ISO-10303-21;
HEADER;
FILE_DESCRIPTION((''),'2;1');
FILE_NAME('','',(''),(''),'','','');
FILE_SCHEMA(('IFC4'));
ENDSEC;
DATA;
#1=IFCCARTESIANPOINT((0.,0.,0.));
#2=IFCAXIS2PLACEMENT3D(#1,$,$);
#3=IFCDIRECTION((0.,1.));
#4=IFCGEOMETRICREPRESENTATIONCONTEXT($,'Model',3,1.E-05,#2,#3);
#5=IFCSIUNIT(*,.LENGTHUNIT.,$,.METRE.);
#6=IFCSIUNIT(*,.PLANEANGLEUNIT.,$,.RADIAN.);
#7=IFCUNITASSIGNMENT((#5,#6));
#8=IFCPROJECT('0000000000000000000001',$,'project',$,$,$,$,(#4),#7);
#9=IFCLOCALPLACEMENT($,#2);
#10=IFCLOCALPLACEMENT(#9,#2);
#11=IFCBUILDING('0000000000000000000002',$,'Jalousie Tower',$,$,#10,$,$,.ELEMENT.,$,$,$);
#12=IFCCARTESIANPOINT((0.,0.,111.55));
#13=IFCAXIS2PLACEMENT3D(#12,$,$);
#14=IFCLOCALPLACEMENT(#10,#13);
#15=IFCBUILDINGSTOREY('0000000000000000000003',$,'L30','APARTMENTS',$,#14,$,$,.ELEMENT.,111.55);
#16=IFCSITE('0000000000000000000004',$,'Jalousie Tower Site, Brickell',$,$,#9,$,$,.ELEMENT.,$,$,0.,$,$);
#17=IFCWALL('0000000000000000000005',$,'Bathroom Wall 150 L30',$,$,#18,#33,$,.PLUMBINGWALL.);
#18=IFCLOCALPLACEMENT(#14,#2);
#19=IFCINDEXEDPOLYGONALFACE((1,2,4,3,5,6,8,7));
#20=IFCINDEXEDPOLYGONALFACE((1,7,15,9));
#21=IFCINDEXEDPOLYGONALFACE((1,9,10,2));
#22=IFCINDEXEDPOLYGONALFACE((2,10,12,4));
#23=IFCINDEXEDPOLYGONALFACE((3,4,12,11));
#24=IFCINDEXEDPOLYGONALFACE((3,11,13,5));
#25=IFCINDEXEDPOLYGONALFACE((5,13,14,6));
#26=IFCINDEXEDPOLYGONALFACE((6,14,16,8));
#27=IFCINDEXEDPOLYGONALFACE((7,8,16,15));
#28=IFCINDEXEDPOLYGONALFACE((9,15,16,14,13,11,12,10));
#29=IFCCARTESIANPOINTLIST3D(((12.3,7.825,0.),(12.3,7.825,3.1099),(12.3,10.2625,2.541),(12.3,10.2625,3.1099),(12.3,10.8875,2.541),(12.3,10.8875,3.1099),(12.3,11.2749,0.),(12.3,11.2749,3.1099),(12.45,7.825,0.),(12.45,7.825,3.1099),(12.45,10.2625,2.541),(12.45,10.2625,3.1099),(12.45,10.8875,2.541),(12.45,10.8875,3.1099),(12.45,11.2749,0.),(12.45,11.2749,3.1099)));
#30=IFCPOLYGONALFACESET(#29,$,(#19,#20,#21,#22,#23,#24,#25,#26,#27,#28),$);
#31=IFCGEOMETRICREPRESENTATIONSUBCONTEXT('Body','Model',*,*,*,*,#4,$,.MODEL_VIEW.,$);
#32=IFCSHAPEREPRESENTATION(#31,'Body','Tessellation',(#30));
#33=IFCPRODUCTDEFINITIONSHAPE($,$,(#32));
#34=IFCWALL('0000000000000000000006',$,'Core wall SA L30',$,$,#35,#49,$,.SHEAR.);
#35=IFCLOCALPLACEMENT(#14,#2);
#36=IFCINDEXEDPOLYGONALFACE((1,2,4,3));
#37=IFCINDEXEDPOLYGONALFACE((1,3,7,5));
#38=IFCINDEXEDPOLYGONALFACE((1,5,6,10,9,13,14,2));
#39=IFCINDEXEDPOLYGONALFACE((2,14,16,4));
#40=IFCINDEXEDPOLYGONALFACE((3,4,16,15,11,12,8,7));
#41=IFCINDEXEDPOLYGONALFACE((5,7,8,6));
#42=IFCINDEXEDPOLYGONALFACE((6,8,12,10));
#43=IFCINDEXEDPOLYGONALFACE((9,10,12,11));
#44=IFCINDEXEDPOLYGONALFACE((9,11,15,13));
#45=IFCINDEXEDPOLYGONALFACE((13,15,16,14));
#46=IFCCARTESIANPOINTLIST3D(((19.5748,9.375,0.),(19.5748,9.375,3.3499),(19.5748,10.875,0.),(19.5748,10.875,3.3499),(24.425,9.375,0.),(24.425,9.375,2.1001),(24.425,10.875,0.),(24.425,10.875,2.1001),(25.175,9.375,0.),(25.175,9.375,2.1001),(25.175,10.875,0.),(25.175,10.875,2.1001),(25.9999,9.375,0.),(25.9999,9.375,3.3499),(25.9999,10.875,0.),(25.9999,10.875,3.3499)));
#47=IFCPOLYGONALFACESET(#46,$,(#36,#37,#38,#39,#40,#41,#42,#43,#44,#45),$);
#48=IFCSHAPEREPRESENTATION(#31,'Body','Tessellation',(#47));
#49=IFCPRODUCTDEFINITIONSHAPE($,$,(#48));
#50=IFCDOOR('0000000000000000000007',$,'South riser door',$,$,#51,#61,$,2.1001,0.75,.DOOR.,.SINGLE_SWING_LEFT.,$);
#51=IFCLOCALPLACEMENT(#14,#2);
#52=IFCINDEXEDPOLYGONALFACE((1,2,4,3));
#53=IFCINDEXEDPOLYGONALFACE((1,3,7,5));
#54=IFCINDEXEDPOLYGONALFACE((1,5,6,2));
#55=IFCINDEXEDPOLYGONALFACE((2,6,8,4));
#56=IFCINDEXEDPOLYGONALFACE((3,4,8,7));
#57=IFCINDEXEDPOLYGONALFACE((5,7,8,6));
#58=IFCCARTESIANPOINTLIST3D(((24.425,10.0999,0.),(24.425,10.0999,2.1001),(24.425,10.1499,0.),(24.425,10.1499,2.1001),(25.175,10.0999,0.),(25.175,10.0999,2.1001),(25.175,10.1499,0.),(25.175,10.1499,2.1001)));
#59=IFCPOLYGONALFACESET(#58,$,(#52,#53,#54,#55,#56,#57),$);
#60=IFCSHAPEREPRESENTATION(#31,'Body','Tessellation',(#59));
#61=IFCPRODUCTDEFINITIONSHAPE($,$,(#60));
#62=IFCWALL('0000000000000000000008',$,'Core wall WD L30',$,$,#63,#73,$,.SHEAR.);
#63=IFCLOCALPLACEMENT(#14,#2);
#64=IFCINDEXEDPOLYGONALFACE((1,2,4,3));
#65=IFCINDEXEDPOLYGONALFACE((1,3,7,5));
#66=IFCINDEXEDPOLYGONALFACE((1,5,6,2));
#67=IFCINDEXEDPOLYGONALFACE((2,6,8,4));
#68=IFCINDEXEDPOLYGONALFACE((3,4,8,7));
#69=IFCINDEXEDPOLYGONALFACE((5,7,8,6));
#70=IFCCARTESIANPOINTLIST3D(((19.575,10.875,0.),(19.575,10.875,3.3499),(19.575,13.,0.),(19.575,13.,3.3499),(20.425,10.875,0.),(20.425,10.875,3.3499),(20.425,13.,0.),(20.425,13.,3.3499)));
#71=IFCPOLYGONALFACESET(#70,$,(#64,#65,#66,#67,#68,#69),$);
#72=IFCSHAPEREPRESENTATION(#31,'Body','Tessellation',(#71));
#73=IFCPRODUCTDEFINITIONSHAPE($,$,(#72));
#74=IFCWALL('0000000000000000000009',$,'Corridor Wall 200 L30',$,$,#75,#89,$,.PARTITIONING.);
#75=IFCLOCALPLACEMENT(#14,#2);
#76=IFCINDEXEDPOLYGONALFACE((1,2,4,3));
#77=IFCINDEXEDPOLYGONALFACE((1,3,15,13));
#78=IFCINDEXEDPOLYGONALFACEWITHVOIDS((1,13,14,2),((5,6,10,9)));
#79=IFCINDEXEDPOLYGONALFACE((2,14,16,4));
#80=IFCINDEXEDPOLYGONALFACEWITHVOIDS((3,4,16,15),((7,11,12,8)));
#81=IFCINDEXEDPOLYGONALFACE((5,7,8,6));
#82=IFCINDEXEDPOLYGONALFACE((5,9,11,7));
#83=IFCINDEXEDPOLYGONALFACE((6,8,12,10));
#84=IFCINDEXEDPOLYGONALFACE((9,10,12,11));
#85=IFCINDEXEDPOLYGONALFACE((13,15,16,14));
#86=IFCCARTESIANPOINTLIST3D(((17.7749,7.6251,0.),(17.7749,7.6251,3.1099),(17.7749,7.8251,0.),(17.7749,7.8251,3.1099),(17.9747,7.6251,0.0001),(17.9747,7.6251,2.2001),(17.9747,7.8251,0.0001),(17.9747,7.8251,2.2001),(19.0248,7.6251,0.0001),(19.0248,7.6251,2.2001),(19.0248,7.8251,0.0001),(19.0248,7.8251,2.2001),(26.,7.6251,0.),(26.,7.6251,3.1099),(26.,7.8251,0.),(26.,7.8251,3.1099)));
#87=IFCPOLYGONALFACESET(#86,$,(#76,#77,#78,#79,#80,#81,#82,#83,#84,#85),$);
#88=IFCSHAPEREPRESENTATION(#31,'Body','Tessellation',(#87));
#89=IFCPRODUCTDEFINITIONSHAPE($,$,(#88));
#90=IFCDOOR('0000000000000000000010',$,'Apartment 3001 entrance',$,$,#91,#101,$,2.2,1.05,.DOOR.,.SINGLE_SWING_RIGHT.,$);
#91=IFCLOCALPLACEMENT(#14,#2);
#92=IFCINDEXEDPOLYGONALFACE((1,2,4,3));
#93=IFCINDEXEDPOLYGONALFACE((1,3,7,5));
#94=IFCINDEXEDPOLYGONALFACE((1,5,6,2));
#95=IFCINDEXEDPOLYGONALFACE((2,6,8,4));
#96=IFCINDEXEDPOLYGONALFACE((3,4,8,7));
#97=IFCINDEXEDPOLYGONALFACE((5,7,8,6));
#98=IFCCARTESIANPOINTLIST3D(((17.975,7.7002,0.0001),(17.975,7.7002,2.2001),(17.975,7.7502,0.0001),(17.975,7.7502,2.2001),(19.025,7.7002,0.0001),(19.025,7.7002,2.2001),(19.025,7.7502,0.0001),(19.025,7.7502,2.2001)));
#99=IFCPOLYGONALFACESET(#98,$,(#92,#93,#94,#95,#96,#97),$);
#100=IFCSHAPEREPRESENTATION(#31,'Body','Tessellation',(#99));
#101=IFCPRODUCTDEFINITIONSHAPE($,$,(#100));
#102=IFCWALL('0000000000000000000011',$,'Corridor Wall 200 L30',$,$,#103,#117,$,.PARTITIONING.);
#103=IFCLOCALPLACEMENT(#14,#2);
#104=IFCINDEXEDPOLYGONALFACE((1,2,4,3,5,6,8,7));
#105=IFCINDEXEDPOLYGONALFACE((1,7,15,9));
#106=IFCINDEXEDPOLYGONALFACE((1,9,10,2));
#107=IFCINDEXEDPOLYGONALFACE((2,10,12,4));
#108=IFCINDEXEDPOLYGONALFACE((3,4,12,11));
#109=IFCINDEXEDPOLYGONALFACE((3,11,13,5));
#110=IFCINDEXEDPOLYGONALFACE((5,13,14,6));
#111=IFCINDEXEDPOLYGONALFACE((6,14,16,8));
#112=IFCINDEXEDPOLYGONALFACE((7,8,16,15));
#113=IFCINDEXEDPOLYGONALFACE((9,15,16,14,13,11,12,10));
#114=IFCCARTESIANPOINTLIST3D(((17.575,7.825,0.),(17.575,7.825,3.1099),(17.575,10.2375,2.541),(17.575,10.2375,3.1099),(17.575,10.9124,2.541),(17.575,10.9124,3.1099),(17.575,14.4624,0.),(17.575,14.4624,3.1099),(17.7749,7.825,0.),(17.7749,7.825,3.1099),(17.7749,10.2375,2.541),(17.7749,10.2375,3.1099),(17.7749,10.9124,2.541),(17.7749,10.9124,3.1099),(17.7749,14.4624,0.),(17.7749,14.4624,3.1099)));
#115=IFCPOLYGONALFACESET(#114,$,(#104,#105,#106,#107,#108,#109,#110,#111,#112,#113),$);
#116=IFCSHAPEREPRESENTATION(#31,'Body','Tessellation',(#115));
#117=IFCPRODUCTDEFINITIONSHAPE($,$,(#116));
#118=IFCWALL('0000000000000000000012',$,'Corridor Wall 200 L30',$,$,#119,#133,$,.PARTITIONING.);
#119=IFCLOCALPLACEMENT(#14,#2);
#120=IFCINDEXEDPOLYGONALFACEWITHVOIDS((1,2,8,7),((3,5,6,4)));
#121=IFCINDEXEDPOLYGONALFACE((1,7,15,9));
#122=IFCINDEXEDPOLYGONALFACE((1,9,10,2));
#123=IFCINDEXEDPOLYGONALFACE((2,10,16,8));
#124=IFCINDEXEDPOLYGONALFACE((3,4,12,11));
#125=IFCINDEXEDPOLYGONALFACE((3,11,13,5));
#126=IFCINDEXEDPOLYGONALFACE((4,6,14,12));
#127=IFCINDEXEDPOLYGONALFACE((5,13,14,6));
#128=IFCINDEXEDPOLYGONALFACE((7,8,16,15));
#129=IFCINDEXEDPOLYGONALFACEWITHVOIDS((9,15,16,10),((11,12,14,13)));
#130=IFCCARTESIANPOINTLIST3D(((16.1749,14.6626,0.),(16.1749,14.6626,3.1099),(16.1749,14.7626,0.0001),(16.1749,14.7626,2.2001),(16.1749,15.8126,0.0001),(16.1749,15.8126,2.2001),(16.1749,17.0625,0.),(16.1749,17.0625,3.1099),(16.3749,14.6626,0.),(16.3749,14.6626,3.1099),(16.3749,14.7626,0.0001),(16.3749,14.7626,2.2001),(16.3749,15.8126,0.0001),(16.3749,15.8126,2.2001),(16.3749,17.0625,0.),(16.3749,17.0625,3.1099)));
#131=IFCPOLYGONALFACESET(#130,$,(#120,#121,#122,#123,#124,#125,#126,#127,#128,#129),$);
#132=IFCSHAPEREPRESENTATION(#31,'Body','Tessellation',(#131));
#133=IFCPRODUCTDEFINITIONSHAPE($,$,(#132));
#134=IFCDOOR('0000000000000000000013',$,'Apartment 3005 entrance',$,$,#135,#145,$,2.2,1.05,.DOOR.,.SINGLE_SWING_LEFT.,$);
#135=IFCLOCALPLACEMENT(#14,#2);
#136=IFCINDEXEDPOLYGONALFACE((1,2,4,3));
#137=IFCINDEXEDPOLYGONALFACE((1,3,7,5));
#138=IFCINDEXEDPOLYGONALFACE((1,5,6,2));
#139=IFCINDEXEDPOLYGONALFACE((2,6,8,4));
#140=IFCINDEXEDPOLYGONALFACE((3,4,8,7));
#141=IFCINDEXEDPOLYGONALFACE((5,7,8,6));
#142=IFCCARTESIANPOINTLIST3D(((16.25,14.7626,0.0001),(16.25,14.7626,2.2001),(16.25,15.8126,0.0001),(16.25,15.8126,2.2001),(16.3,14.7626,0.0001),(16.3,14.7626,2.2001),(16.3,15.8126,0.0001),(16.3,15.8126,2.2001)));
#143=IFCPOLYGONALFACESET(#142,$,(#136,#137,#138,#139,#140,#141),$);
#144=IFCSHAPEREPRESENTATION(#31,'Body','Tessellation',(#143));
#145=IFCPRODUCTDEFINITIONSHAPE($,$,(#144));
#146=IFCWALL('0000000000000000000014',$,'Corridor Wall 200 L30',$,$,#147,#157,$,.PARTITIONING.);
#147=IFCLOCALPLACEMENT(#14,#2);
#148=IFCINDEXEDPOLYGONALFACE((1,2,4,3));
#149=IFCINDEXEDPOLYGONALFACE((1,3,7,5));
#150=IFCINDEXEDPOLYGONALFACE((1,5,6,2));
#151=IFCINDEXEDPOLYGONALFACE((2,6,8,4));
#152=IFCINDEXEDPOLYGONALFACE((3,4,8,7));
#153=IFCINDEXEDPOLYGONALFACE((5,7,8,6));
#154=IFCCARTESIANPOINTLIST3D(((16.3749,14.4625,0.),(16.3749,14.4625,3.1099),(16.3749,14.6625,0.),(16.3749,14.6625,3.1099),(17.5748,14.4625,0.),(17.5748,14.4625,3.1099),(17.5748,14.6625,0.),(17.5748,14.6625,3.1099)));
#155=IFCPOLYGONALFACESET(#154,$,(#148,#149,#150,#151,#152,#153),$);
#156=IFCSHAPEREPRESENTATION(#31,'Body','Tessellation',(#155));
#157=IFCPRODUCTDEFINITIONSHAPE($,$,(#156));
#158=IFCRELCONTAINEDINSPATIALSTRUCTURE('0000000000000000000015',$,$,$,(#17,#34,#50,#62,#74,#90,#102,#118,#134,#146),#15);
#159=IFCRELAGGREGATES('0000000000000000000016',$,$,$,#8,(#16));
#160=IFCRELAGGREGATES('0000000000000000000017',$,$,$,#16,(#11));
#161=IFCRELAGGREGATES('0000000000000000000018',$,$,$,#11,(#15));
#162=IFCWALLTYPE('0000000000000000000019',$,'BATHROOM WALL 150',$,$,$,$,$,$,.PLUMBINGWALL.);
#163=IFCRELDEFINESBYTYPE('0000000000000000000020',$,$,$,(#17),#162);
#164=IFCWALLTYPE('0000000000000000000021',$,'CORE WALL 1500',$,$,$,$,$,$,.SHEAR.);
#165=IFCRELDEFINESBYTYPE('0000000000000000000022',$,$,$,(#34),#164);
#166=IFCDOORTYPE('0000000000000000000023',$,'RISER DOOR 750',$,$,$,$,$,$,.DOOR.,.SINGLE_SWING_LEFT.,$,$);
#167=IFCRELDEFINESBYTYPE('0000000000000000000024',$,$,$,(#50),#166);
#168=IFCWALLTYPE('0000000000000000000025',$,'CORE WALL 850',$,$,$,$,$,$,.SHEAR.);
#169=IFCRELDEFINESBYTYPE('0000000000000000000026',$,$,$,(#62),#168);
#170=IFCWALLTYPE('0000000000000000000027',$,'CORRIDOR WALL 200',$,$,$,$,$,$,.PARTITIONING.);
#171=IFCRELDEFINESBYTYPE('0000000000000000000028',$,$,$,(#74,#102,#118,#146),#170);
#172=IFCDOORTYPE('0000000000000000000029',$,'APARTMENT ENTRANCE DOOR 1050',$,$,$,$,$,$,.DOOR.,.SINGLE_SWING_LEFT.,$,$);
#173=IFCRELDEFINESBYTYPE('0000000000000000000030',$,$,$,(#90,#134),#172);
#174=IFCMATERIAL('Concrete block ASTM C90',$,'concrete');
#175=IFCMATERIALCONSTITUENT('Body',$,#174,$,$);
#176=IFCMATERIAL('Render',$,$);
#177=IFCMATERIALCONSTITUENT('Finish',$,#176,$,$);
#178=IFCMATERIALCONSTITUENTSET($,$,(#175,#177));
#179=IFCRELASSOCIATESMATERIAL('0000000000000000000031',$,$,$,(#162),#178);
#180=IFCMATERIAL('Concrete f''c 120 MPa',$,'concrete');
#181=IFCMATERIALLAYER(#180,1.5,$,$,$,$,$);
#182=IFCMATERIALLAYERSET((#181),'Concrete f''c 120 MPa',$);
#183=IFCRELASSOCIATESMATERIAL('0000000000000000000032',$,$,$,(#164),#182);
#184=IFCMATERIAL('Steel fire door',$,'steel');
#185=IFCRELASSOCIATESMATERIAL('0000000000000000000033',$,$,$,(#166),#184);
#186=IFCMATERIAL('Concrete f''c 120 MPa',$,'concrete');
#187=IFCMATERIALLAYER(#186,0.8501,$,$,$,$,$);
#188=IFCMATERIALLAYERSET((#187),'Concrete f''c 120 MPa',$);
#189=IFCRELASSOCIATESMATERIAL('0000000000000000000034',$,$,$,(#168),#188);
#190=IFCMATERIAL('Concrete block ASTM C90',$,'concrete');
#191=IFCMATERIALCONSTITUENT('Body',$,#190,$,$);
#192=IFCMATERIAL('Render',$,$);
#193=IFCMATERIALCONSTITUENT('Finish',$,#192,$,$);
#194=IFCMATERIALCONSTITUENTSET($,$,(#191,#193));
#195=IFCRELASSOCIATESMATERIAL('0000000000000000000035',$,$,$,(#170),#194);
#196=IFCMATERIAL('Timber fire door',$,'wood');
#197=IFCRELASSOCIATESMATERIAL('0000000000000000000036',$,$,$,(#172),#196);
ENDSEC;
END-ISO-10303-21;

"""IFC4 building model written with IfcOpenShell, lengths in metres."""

from ifc_helpers import new_model, si_unit, direction, frame, frame_2d, origin, place, context, subcontext, project, spatial, polyline, rectangle, outline, extrude, material, layer, layer_set, constituent, constituent_set, type_object, element, fill, save


model = new_model("IFC4")

# Units and contexts
model_context = context("Model", 3, precision=1e-05, world=origin(), true_north=direction((0.0, 1.0)))
body_context = subcontext(model_context, "Body", "Model", "MODEL_VIEW")
ifc_project = project(units=[si_unit("LENGTHUNIT", "METRE"), si_unit("PLANEANGLEUNIT", "RADIAN")], contexts=[model_context])

# Site, building, storey
site_placement = place(None, origin())
site = spatial("IfcSite", under=ifc_project, at=site_placement, Name="Jalousie Tower Site, Brickell", CompositionType="ELEMENT", RefElevation=0.0)
building_placement = place(site_placement, origin())
building = spatial("IfcBuilding", under=site, at=building_placement, Name="Jalousie Tower", CompositionType="ELEMENT")
storey_placement = place(building_placement, frame((0.0, 0.0, 111.55)))
storey = spatial("IfcBuildingStorey", under=building, at=storey_placement, Name="L30", Description="APARTMENTS", CompositionType="ELEMENT", Elevation=111.55)

# Wall
ifc_material_1 = material(Name="Concrete block ASTM C90", Category="concrete")
ifc_constituent_1 = constituent(ifc_material_1, Name="Body")
ifc_material_2 = material(Name="Render")
ifc_constituent_2 = constituent(ifc_material_2, Name="Finish")
ifc_constituent_set_1 = constituent_set(constituents=[ifc_constituent_1, ifc_constituent_2])
wall_type_1 = type_object("IfcWallType", Name="BATHROOM WALL 150", PredefinedType="PLUMBINGWALL", material=ifc_constituent_set_1)
wall_1_placement = place(storey_placement, frame((12.375, 7.825, 0.0), z_axis=(0.0, 0.0, 1.0), x_axis=(0.0, 1.0, 0.0)))
element("IfcWall", 1, at=wall_1_placement, inside=storey, type_object=wall_type_1, Name="Bathroom Wall 150 L30", PredefinedType="PLUMBINGWALL", context=body_context, shape_type="SweptSolid", body=[
    extrude(outline(polyline([(0.0, 0.0), (3.45, 0.0), (3.45, 3.1099), (3.0625, 3.1099), (3.0625, 2.541), (2.4375, 2.541), (2.4375, 3.1099), (0.0, 3.1099), (0.0, 0.0)])), frame((0.0, 0.075, 0.0), z_axis=(0.0, -1.0, 0.0), x_axis=(1.0, 0.0, 0.0)), (0.0, 0.0, 1.0), 0.1499),
])

# Wall, opening, door
ifc_material_3 = material(Name="Concrete f'c 120 MPa", Category="concrete")
ifc_layer_1 = layer(ifc_material_3, 1.5)
ifc_layer_set_1 = layer_set([ifc_layer_1], Name="Concrete f'c 120 MPa")
wall_type_2 = type_object("IfcWallType", Name="CORE WALL 1500", PredefinedType="SHEAR", material=ifc_layer_set_1)
wall_2_placement = place(storey_placement, frame((19.575, 10.125, 0.0), z_axis=(0.0, 0.0, 1.0), x_axis=(1.0, 0.0, 0.0)))
wall_2 = element("IfcWall", 2, at=wall_2_placement, inside=storey, type_object=wall_type_2, Name="Core wall SA L30", PredefinedType="SHEAR", context=body_context, shape_type="SweptSolid", body=[
    extrude(rectangle(XDim=6.425, YDim=1.5, at=frame_2d((3.2124, 0.0))), origin(), (0.0, 0.0, 1.0), 3.3499),
])
opening_1_placement = place(wall_2_placement, frame((4.8501, 0.0, 0.0)))
opening_1 = element("IfcOpeningElement", 3, at=opening_1_placement, cuts=wall_2, PredefinedType="OPENING", context=body_context, shape_type="SweptSolid", body=[
    extrude(rectangle(XDim=0.75, YDim=2.1001, at=frame_2d((0.375, 1.05))), frame((0.0, 0.76, 0.0), z_axis=(0.0, -1.0, 0.0), x_axis=(1.0, 0.0, 0.0)), (0.0, 0.0, 1.0), 1.52),
])
ifc_material_4 = material(Name="Steel fire door", Category="steel")
door_type_1 = type_object("IfcDoorType", Name="RISER DOOR 750", OperationType="SINGLE_SWING_LEFT", PredefinedType="DOOR", material=ifc_material_4)
door_1_placement = place(opening_1_placement, origin())
door_1 = element("IfcDoor", 4, at=door_1_placement, inside=storey, type_object=door_type_1, Name="South riser door", OperationType="SINGLE_SWING_LEFT", OverallHeight=2.1001, OverallWidth=0.75, PredefinedType="DOOR", context=body_context, shape_type="SweptSolid", body=[
    extrude(rectangle(XDim=0.75, YDim=2.1001, at=frame_2d((0.375, 1.05))), frame((0.0, 0.0249, 0.0), z_axis=(0.0, -1.0, 0.0), x_axis=(1.0, 0.0, 0.0)), (0.0, 0.0, 1.0), 0.05),
])
fill(opening_1, door_1)

# Wall
ifc_material_5 = material(Name="Concrete f'c 120 MPa", Category="concrete")
ifc_layer_2 = layer(ifc_material_5, 0.8501)
ifc_layer_set_2 = layer_set([ifc_layer_2], Name="Concrete f'c 120 MPa")
wall_type_3 = type_object("IfcWallType", Name="CORE WALL 850", PredefinedType="SHEAR", material=ifc_layer_set_2)
wall_3_placement = place(storey_placement, frame((20.0, 13.0, 0.0), z_axis=(0.0, 0.0, 1.0), x_axis=(0.0, -1.0, 0.0)))
element("IfcWall", 5, at=wall_3_placement, inside=storey, type_object=wall_type_3, Name="Core wall WD L30", PredefinedType="SHEAR", context=body_context, shape_type="SweptSolid", body=[
    extrude(rectangle(XDim=2.125, YDim=0.8501, at=frame_2d((1.0625, 0.0))), origin(), (0.0, 0.0, 1.0), 3.3499),
])

# Wall, opening, door
ifc_material_6 = material(Name="Concrete block ASTM C90", Category="concrete")
ifc_constituent_3 = constituent(ifc_material_6, Name="Body")
ifc_material_7 = material(Name="Render")
ifc_constituent_4 = constituent(ifc_material_7, Name="Finish")
ifc_constituent_set_2 = constituent_set(constituents=[ifc_constituent_3, ifc_constituent_4])
wall_type_4 = type_object("IfcWallType", Name="CORRIDOR WALL 200", PredefinedType="PARTITIONING", material=ifc_constituent_set_2)
wall_4_placement = place(storey_placement, frame((17.7749, 7.7251, 0.0), z_axis=(0.0, 0.0, 1.0), x_axis=(1.0, 0.0, 0.0)))
wall_4 = element("IfcWall", 6, at=wall_4_placement, inside=storey, type_object=wall_type_4, Name="Corridor Wall 200 L30", PredefinedType="PARTITIONING", context=body_context, shape_type="SweptSolid", body=[
    extrude(rectangle(XDim=8.2251, YDim=0.2, at=frame_2d((4.1125, 0.0))), origin(), (0.0, 0.0, 1.0), 3.1099),
])
opening_2_placement = place(wall_4_placement, frame((0.2, 0.0, 0.0)))
opening_2 = element("IfcOpeningElement", 7, at=opening_2_placement, cuts=wall_4, PredefinedType="OPENING", context=body_context, shape_type="SweptSolid", body=[
    extrude(rectangle(XDim=1.05, YDim=2.2, at=frame_2d((0.5249, 1.1001))), frame((0.0, 0.1099, 0.0), z_axis=(0.0, -1.0, 0.0), x_axis=(1.0, 0.0, 0.0)), (0.0, 0.0, 1.0), 0.22),
])
ifc_material_8 = material(Name="Timber fire door", Category="wood")
door_type_2 = type_object("IfcDoorType", Name="APARTMENT ENTRANCE DOOR 1050", OperationType="SINGLE_SWING_LEFT", PredefinedType="DOOR", material=ifc_material_8)
door_2_placement = place(opening_2_placement, frame((1.05, 0.0, 0.0), z_axis=(0.0, 0.0, 1.0), x_axis=(-1.0, 0.0, 0.0)))
door_2 = element("IfcDoor", 8, at=door_2_placement, inside=storey, type_object=door_type_2, Name="Apartment 3001 entrance", OperationType="SINGLE_SWING_RIGHT", OverallHeight=2.2, OverallWidth=1.05, PredefinedType="DOOR", context=body_context, shape_type="SweptSolid", body=[
    extrude(rectangle(XDim=1.05, YDim=2.2, at=frame_2d((0.5249, 1.1001))), frame((0.0, 0.0249, 0.0), z_axis=(0.0, -1.0, 0.0), x_axis=(1.0, 0.0, 0.0)), (0.0, 0.0, 1.0), 0.05),
])
fill(opening_2, door_2)

# Wall
wall_5_placement = place(storey_placement, frame((17.675, 7.825, 0.0), z_axis=(0.0, 0.0, 1.0), x_axis=(0.0, 1.0, 0.0)))
element("IfcWall", 9, at=wall_5_placement, inside=storey, type_object=wall_type_4, Name="Corridor Wall 200 L30", PredefinedType="PARTITIONING", context=body_context, shape_type="SweptSolid", body=[
    extrude(outline(polyline([(0.0, 0.0), (6.6375, 0.0), (6.6375, 3.1099), (3.0874, 3.1099), (3.0874, 2.541), (2.4126, 2.541), (2.4126, 3.1099), (0.0, 3.1099), (0.0, 0.0)])), frame((0.0, 0.1001, 0.0), z_axis=(0.0, -1.0, 0.0), x_axis=(1.0, 0.0, 0.0)), (0.0, 0.0, 1.0), 0.2),
])

# Wall, opening, door
wall_6_placement = place(storey_placement, frame((16.2749, 14.6626, 0.0), z_axis=(0.0, 0.0, 1.0), x_axis=(0.0, 1.0, 0.0)))
wall_6 = element("IfcWall", 10, at=wall_6_placement, inside=storey, type_object=wall_type_4, Name="Corridor Wall 200 L30", PredefinedType="PARTITIONING", context=body_context, shape_type="SweptSolid", body=[
    extrude(rectangle(XDim=2.3999, YDim=0.2, at=frame_2d((1.2, 0.0))), origin(), (0.0, 0.0, 1.0), 3.1099),
])
opening_3_placement = place(wall_6_placement, frame((0.1001, 0.0, 0.0)))
opening_3 = element("IfcOpeningElement", 11, at=opening_3_placement, cuts=wall_6, PredefinedType="OPENING", context=body_context, shape_type="SweptSolid", body=[
    extrude(rectangle(XDim=1.05, YDim=2.2, at=frame_2d((0.5249, 1.1001))), frame((0.0, 0.1099, 0.0), z_axis=(0.0, -1.0, 0.0), x_axis=(1.0, 0.0, 0.0)), (0.0, 0.0, 1.0), 0.22),
])
door_3_placement = place(opening_3_placement, origin())
door_3 = element("IfcDoor", 12, at=door_3_placement, inside=storey, type_object=door_type_2, Name="Apartment 3005 entrance", OperationType="SINGLE_SWING_LEFT", OverallHeight=2.2, OverallWidth=1.05, PredefinedType="DOOR", context=body_context, shape_type="SweptSolid", body=[
    extrude(rectangle(XDim=1.05, YDim=2.2, at=frame_2d((0.5249, 1.1001))), frame((0.0, 0.0249, 0.0), z_axis=(0.0, -1.0, 0.0), x_axis=(1.0, 0.0, 0.0)), (0.0, 0.0, 1.0), 0.05),
])
fill(opening_3, door_3)

# Wall
wall_7_placement = place(storey_placement, frame((17.575, 14.5625, 0.0), z_axis=(0.0, 0.0, 1.0), x_axis=(-1.0, 0.0, 0.0)))
element("IfcWall", 13, at=wall_7_placement, inside=storey, type_object=wall_type_4, Name="Corridor Wall 200 L30", PredefinedType="PARTITIONING", context=body_context, shape_type="SweptSolid", body=[
    extrude(rectangle(XDim=1.2, YDim=0.2, at=frame_2d((0.6001, 0.0))), origin(), (0.0, 0.0, 1.0), 3.1099),
])

save(model, "model.ifc")
